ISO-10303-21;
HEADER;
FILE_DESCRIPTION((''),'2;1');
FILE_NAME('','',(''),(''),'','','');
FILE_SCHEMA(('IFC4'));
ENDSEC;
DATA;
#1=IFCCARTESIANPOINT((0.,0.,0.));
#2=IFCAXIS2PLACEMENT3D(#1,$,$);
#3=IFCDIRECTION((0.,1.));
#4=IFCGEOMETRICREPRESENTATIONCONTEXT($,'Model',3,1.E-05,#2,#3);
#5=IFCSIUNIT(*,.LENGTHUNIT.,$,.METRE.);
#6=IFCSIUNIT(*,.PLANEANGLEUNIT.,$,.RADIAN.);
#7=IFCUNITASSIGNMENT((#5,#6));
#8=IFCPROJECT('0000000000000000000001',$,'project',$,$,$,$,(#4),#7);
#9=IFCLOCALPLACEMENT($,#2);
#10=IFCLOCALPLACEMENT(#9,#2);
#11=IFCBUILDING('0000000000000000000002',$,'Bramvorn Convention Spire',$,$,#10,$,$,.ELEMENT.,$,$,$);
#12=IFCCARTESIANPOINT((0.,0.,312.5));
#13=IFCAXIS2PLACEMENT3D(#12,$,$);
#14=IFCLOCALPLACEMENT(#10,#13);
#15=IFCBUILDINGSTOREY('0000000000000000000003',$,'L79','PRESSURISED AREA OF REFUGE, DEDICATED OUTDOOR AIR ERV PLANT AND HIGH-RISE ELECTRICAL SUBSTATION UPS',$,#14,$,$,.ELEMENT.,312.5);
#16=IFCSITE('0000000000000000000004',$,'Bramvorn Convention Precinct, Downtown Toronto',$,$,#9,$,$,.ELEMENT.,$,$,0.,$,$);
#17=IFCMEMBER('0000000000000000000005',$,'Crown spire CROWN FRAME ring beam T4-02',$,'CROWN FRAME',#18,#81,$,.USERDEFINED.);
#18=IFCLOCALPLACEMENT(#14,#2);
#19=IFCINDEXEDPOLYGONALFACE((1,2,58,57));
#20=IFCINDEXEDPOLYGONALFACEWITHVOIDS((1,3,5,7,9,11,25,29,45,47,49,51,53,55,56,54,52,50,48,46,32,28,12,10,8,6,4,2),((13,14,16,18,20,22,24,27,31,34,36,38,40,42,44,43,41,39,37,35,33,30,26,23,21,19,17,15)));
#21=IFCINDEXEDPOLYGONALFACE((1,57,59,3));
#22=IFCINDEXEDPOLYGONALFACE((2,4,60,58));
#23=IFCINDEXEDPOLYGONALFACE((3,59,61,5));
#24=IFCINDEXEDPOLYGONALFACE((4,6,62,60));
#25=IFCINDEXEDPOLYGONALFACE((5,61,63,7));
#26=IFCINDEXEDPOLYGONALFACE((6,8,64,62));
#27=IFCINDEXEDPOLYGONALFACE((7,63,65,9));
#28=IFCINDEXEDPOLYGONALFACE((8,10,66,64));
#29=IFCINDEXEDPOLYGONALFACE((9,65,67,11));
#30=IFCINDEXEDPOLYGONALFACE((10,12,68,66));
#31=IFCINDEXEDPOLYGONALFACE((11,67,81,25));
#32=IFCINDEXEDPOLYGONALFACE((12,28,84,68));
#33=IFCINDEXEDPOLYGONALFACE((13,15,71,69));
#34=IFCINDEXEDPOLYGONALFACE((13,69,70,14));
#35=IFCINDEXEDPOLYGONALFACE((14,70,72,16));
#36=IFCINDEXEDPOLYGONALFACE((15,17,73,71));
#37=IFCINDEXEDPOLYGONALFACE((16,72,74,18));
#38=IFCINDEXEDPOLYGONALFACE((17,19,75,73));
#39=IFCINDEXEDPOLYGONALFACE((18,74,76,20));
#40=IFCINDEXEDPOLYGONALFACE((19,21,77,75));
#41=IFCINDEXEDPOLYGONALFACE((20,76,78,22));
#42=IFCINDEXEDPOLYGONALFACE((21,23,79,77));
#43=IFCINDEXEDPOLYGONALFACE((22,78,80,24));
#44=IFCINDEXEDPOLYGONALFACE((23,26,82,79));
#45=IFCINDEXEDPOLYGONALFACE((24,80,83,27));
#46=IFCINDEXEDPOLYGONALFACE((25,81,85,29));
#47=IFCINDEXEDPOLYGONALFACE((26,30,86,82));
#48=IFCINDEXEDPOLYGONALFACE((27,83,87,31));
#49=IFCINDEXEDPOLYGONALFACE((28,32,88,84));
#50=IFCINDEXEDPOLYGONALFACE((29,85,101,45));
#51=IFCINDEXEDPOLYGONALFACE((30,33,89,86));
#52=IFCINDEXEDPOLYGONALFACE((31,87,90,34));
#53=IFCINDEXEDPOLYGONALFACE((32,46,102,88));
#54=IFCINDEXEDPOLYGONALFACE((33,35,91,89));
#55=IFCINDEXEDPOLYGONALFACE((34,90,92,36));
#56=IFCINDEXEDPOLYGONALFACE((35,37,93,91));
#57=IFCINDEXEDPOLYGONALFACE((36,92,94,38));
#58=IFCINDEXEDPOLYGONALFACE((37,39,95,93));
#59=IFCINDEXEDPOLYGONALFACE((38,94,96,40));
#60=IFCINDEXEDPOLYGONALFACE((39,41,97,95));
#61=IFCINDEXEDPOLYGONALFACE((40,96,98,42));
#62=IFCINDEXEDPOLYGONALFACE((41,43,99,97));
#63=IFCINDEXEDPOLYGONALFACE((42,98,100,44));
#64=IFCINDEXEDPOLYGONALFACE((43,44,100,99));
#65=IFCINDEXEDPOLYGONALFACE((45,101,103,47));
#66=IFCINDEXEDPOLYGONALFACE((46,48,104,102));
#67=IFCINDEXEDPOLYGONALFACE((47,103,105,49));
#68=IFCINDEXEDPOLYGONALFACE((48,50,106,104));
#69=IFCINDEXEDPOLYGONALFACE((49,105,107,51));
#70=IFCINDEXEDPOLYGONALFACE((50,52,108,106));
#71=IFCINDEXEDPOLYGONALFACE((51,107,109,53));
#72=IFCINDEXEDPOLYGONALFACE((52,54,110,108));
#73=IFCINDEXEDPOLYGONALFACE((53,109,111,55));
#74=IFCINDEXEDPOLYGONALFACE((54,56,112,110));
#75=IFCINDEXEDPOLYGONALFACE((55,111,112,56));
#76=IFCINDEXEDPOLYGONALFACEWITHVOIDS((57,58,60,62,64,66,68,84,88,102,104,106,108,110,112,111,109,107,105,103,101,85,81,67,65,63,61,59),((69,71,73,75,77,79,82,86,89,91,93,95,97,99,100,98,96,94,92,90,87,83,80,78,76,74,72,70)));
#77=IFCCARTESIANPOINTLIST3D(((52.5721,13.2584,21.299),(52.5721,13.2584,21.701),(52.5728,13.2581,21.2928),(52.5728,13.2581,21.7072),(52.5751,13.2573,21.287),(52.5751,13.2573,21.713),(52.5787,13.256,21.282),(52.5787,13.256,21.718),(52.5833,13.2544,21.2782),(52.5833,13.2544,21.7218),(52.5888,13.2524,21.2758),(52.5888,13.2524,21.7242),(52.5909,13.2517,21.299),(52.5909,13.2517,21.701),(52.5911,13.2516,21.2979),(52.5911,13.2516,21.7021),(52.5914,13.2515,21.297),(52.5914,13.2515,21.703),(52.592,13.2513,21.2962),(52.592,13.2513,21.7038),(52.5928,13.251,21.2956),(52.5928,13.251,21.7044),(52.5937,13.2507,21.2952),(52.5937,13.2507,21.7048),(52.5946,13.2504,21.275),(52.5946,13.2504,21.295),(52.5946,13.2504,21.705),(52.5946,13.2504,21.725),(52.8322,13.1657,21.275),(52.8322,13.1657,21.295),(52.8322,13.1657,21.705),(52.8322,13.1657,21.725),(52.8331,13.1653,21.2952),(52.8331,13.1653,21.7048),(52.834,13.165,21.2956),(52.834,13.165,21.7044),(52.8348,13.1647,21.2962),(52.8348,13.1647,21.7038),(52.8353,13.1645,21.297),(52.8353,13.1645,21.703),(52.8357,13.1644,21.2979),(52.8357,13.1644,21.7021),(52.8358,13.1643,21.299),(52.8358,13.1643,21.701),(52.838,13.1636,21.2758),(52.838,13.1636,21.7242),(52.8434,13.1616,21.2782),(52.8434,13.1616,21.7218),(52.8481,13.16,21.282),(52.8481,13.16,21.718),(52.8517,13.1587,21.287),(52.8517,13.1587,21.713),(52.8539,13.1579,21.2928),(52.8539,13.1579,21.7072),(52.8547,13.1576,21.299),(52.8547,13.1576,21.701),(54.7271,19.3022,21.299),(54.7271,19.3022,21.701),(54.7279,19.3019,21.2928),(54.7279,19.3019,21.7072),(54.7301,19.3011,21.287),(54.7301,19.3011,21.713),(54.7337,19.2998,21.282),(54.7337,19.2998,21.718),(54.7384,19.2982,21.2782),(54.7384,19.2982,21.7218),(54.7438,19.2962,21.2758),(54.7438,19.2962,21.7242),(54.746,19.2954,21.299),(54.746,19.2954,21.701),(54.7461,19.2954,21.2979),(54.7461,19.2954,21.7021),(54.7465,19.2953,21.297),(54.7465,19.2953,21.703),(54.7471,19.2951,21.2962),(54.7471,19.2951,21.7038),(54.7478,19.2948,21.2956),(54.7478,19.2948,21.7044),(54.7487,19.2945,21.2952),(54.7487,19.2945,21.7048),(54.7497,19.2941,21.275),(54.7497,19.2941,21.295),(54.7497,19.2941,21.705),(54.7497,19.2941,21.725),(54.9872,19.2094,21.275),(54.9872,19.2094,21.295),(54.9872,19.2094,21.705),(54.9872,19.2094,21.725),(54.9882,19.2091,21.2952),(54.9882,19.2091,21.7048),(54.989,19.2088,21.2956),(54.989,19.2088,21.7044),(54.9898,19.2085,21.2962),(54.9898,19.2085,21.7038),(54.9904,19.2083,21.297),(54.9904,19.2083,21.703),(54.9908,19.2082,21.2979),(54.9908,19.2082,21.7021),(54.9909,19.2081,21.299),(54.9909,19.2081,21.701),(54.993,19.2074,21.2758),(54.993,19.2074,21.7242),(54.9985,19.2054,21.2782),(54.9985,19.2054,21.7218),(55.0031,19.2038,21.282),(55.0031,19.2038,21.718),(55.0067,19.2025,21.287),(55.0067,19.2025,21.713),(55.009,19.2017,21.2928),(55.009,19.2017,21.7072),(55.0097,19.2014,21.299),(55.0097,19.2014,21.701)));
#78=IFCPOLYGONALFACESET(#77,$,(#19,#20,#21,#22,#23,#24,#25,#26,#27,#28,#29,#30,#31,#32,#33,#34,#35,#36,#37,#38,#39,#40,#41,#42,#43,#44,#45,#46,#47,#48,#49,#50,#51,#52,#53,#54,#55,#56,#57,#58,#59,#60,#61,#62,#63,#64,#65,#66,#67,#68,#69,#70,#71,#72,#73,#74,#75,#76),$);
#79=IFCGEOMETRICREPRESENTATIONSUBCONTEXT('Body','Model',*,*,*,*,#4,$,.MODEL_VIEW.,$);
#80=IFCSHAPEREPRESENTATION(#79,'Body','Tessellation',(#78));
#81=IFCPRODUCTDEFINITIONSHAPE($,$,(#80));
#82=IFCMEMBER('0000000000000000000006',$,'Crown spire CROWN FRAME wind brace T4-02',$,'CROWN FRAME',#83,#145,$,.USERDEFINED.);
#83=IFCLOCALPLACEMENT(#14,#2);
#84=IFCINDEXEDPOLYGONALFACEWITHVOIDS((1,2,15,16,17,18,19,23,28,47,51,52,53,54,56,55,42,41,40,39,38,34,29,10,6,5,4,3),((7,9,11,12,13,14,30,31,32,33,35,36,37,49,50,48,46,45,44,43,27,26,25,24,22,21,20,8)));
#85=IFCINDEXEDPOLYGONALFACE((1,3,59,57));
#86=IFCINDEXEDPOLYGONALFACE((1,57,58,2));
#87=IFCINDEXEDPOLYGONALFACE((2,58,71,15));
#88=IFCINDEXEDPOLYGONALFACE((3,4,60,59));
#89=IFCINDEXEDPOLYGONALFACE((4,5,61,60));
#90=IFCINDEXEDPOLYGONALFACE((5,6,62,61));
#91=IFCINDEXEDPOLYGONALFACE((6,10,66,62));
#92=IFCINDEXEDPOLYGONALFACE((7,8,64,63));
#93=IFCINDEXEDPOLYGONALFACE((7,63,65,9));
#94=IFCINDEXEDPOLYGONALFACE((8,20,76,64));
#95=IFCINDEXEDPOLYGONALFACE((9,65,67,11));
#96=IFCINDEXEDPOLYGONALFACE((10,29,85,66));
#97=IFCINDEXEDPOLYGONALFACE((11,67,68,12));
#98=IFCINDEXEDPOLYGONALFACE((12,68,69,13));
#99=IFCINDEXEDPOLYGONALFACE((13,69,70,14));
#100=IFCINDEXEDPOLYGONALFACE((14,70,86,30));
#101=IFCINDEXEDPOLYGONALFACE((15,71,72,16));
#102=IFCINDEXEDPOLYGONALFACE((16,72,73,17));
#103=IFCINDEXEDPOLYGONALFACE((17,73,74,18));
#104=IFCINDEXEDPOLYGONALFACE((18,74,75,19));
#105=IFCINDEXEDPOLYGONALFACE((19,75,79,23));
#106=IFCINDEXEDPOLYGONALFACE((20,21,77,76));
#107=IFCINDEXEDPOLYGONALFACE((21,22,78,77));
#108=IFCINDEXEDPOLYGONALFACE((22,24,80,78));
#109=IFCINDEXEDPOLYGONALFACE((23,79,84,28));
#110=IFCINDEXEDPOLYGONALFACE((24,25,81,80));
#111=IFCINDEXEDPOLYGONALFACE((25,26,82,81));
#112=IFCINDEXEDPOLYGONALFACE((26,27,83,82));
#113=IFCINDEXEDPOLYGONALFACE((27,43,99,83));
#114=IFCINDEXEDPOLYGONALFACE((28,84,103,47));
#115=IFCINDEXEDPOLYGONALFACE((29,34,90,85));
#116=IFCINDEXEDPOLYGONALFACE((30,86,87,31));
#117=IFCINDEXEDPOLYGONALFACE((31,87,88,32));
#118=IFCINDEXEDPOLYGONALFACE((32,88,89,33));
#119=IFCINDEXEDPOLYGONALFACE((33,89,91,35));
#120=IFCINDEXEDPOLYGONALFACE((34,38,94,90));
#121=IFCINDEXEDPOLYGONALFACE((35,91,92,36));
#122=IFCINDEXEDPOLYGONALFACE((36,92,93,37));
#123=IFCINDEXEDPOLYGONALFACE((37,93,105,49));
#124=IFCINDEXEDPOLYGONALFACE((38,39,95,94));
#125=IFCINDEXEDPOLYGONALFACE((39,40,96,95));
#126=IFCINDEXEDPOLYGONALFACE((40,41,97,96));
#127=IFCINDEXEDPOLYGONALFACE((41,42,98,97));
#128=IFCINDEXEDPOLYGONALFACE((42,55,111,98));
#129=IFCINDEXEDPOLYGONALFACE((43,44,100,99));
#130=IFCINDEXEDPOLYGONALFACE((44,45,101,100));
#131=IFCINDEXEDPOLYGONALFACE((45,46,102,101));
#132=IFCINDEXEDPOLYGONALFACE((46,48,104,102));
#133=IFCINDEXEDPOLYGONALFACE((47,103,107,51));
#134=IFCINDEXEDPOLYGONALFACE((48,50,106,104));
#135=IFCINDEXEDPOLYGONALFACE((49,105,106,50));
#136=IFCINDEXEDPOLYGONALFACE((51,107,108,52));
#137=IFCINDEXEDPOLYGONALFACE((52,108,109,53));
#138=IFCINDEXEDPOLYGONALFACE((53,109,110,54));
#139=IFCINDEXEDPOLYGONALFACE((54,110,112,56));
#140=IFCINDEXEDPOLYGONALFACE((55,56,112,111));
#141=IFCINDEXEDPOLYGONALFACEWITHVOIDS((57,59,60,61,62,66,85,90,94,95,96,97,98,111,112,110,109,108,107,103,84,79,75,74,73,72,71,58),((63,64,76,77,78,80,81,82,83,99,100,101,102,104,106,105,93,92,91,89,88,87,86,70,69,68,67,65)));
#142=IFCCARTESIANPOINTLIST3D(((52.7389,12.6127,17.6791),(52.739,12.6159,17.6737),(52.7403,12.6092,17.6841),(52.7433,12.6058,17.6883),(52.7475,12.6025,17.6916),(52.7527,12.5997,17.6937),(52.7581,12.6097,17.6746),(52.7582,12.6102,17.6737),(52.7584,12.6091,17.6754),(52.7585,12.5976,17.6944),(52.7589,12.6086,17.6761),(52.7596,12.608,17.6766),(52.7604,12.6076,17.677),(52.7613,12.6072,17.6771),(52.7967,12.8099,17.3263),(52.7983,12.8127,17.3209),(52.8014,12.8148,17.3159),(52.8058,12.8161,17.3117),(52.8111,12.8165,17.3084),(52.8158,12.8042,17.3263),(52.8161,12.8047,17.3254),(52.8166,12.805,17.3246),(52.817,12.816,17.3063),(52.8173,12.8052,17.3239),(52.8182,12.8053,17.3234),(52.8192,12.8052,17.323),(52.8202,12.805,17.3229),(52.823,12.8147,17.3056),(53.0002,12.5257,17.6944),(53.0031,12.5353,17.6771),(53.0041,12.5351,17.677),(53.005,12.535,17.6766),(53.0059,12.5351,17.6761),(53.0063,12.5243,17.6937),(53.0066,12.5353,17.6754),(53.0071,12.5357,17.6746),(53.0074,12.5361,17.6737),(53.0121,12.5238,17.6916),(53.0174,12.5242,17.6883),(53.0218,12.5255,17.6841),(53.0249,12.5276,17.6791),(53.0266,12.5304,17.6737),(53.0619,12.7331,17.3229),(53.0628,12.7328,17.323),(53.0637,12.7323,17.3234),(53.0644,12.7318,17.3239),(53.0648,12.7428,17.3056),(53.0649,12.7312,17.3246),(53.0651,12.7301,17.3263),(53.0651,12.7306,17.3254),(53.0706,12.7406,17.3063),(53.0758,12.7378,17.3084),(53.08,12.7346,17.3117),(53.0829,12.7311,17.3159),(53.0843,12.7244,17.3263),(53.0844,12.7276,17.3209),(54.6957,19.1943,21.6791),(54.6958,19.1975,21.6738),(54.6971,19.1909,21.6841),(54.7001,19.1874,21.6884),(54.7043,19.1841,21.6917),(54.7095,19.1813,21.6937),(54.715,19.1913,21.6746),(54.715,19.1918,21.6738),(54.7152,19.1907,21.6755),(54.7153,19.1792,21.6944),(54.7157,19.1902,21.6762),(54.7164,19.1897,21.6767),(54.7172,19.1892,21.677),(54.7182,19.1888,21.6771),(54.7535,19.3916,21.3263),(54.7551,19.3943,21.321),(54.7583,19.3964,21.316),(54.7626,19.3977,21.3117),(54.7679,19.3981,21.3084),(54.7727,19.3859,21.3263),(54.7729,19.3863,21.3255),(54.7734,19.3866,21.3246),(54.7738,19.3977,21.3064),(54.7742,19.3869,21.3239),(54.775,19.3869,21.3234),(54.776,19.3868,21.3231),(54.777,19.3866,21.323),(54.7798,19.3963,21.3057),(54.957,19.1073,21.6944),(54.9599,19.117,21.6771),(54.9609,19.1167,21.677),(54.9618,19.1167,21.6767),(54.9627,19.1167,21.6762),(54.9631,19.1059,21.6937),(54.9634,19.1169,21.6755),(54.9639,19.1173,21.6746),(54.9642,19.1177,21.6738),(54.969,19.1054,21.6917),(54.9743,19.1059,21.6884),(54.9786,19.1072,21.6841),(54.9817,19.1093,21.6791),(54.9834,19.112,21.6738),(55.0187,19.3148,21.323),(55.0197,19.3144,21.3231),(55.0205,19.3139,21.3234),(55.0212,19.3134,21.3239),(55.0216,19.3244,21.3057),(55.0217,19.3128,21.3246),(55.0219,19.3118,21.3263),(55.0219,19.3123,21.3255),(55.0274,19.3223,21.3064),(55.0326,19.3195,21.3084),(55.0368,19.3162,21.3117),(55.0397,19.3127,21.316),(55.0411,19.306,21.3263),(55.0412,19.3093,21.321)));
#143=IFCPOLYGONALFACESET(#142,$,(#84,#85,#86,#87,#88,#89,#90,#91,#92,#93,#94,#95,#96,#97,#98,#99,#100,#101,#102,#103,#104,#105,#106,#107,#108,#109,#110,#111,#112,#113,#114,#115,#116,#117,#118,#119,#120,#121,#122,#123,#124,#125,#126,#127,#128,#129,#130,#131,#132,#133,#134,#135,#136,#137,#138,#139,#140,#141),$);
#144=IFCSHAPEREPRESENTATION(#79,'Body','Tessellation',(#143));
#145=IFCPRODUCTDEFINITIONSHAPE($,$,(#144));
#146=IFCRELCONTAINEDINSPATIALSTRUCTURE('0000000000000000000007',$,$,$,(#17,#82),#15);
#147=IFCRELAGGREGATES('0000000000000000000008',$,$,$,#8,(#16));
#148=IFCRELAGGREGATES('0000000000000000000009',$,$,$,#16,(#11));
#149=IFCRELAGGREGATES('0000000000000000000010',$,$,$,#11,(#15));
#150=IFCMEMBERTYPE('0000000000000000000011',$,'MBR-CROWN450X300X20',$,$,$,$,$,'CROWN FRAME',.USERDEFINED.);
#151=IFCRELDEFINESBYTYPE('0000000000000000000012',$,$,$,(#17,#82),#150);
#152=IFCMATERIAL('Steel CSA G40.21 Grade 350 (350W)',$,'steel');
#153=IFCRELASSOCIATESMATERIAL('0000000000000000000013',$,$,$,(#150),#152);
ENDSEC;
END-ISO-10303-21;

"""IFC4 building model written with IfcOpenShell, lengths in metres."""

from ifc_helpers import new_model, si_unit, direction, frame, origin, origin_2d, place, context, subcontext, project, spatial, hollow_rectangle, extrude, material, material_profile, profile_set, type_object, element, save


model = new_model("IFC4")

# Units and contexts
model_context = context("Model", 3, precision=1e-05, world=origin(), true_north=direction((0.0, 1.0)))
body_context = subcontext(model_context, "Body", "Model", "MODEL_VIEW")
ifc_project = project(units=[si_unit("LENGTHUNIT", "METRE"), si_unit("PLANEANGLEUNIT", "RADIAN")], contexts=[model_context])

# Site, building, storey
site_placement = place(None, origin())
site = spatial("IfcSite", under=ifc_project, at=site_placement, Name="Bramvorn Convention Precinct, Downtown Toronto", CompositionType="ELEMENT", RefElevation=0.0)
building_placement = place(site_placement, origin())
building = spatial("IfcBuilding", under=site, at=building_placement, Name="Bramvorn Convention Spire", CompositionType="ELEMENT")
storey_placement = place(building_placement, frame((0.0, 0.0, 312.5)))
storey = spatial("IfcBuildingStorey", under=building, at=storey_placement, Name="L79", Description="PRESSURISED AREA OF REFUGE, DEDICATED OUTDOOR AIR ERV PLANT AND HIGH-RISE ELECTRICAL SUBSTATION UPS", CompositionType="ELEMENT", Elevation=312.5)

# Members
ifc_material_1 = material(Name="Steel CSA G40.21 Grade 350 (350W)", Category="steel")
ifc_material_profile = material_profile(ifc_material_1, hollow_rectangle(XDim=0.3, YDim=0.45, WallThickness=0.02, InnerFilletRadius=0.0039, OuterFilletRadius=0.0239, at=origin_2d()))
ifc_profile_set = profile_set([ifc_material_profile], Name="Steel CSA G40.21 Grade 350 (350W) - CROWN450X300X20")
member_type = type_object("IfcMemberType", Name="MBR-CROWN450X300X20", ElementType="CROWN FRAME", PredefinedType="USERDEFINED", material=ifc_profile_set)
member_1_placement = place(storey_placement, frame((52.7134, 13.208, 21.5), z_axis=(0.335862, 0.941911, 0.0), x_axis=(-0.941911, 0.335862, 0.0)))
element("IfcMember", 1, at=member_1_placement, inside=storey, type_object=member_type, Name="Crown spire CROWN FRAME ring beam T4-02", ObjectType="CROWN FRAME", PredefinedType="USERDEFINED", context=body_context, shape_type="SweptSolid", body=[
    extrude(hollow_rectangle(XDim=0.3, YDim=0.45, WallThickness=0.02, InnerFilletRadius=0.0039, OuterFilletRadius=0.0239, at=origin_2d()), origin(), (0.0, 0.0, 1.0), 6.4165),
])
member_2_placement = place(storey_placement, frame((52.9116, 12.6702, 17.5), z_axis=(0.246247, 0.828239, 0.503371), x_axis=(-0.958532, 0.284985, 0.0)))
element("IfcMember", 2, at=member_2_placement, inside=storey, type_object=member_type, Name="Crown spire CROWN FRAME wind brace T4-02", ObjectType="CROWN FRAME", PredefinedType="USERDEFINED", context=body_context, shape_type="SweptSolid", body=[
    extrude(hollow_rectangle(XDim=0.3, YDim=0.45, WallThickness=0.02, InnerFilletRadius=0.0039, OuterFilletRadius=0.0239, at=origin_2d()), origin(), (0.0, 0.0, 1.0), 7.9465),
])

save(model, "model.ifc")
